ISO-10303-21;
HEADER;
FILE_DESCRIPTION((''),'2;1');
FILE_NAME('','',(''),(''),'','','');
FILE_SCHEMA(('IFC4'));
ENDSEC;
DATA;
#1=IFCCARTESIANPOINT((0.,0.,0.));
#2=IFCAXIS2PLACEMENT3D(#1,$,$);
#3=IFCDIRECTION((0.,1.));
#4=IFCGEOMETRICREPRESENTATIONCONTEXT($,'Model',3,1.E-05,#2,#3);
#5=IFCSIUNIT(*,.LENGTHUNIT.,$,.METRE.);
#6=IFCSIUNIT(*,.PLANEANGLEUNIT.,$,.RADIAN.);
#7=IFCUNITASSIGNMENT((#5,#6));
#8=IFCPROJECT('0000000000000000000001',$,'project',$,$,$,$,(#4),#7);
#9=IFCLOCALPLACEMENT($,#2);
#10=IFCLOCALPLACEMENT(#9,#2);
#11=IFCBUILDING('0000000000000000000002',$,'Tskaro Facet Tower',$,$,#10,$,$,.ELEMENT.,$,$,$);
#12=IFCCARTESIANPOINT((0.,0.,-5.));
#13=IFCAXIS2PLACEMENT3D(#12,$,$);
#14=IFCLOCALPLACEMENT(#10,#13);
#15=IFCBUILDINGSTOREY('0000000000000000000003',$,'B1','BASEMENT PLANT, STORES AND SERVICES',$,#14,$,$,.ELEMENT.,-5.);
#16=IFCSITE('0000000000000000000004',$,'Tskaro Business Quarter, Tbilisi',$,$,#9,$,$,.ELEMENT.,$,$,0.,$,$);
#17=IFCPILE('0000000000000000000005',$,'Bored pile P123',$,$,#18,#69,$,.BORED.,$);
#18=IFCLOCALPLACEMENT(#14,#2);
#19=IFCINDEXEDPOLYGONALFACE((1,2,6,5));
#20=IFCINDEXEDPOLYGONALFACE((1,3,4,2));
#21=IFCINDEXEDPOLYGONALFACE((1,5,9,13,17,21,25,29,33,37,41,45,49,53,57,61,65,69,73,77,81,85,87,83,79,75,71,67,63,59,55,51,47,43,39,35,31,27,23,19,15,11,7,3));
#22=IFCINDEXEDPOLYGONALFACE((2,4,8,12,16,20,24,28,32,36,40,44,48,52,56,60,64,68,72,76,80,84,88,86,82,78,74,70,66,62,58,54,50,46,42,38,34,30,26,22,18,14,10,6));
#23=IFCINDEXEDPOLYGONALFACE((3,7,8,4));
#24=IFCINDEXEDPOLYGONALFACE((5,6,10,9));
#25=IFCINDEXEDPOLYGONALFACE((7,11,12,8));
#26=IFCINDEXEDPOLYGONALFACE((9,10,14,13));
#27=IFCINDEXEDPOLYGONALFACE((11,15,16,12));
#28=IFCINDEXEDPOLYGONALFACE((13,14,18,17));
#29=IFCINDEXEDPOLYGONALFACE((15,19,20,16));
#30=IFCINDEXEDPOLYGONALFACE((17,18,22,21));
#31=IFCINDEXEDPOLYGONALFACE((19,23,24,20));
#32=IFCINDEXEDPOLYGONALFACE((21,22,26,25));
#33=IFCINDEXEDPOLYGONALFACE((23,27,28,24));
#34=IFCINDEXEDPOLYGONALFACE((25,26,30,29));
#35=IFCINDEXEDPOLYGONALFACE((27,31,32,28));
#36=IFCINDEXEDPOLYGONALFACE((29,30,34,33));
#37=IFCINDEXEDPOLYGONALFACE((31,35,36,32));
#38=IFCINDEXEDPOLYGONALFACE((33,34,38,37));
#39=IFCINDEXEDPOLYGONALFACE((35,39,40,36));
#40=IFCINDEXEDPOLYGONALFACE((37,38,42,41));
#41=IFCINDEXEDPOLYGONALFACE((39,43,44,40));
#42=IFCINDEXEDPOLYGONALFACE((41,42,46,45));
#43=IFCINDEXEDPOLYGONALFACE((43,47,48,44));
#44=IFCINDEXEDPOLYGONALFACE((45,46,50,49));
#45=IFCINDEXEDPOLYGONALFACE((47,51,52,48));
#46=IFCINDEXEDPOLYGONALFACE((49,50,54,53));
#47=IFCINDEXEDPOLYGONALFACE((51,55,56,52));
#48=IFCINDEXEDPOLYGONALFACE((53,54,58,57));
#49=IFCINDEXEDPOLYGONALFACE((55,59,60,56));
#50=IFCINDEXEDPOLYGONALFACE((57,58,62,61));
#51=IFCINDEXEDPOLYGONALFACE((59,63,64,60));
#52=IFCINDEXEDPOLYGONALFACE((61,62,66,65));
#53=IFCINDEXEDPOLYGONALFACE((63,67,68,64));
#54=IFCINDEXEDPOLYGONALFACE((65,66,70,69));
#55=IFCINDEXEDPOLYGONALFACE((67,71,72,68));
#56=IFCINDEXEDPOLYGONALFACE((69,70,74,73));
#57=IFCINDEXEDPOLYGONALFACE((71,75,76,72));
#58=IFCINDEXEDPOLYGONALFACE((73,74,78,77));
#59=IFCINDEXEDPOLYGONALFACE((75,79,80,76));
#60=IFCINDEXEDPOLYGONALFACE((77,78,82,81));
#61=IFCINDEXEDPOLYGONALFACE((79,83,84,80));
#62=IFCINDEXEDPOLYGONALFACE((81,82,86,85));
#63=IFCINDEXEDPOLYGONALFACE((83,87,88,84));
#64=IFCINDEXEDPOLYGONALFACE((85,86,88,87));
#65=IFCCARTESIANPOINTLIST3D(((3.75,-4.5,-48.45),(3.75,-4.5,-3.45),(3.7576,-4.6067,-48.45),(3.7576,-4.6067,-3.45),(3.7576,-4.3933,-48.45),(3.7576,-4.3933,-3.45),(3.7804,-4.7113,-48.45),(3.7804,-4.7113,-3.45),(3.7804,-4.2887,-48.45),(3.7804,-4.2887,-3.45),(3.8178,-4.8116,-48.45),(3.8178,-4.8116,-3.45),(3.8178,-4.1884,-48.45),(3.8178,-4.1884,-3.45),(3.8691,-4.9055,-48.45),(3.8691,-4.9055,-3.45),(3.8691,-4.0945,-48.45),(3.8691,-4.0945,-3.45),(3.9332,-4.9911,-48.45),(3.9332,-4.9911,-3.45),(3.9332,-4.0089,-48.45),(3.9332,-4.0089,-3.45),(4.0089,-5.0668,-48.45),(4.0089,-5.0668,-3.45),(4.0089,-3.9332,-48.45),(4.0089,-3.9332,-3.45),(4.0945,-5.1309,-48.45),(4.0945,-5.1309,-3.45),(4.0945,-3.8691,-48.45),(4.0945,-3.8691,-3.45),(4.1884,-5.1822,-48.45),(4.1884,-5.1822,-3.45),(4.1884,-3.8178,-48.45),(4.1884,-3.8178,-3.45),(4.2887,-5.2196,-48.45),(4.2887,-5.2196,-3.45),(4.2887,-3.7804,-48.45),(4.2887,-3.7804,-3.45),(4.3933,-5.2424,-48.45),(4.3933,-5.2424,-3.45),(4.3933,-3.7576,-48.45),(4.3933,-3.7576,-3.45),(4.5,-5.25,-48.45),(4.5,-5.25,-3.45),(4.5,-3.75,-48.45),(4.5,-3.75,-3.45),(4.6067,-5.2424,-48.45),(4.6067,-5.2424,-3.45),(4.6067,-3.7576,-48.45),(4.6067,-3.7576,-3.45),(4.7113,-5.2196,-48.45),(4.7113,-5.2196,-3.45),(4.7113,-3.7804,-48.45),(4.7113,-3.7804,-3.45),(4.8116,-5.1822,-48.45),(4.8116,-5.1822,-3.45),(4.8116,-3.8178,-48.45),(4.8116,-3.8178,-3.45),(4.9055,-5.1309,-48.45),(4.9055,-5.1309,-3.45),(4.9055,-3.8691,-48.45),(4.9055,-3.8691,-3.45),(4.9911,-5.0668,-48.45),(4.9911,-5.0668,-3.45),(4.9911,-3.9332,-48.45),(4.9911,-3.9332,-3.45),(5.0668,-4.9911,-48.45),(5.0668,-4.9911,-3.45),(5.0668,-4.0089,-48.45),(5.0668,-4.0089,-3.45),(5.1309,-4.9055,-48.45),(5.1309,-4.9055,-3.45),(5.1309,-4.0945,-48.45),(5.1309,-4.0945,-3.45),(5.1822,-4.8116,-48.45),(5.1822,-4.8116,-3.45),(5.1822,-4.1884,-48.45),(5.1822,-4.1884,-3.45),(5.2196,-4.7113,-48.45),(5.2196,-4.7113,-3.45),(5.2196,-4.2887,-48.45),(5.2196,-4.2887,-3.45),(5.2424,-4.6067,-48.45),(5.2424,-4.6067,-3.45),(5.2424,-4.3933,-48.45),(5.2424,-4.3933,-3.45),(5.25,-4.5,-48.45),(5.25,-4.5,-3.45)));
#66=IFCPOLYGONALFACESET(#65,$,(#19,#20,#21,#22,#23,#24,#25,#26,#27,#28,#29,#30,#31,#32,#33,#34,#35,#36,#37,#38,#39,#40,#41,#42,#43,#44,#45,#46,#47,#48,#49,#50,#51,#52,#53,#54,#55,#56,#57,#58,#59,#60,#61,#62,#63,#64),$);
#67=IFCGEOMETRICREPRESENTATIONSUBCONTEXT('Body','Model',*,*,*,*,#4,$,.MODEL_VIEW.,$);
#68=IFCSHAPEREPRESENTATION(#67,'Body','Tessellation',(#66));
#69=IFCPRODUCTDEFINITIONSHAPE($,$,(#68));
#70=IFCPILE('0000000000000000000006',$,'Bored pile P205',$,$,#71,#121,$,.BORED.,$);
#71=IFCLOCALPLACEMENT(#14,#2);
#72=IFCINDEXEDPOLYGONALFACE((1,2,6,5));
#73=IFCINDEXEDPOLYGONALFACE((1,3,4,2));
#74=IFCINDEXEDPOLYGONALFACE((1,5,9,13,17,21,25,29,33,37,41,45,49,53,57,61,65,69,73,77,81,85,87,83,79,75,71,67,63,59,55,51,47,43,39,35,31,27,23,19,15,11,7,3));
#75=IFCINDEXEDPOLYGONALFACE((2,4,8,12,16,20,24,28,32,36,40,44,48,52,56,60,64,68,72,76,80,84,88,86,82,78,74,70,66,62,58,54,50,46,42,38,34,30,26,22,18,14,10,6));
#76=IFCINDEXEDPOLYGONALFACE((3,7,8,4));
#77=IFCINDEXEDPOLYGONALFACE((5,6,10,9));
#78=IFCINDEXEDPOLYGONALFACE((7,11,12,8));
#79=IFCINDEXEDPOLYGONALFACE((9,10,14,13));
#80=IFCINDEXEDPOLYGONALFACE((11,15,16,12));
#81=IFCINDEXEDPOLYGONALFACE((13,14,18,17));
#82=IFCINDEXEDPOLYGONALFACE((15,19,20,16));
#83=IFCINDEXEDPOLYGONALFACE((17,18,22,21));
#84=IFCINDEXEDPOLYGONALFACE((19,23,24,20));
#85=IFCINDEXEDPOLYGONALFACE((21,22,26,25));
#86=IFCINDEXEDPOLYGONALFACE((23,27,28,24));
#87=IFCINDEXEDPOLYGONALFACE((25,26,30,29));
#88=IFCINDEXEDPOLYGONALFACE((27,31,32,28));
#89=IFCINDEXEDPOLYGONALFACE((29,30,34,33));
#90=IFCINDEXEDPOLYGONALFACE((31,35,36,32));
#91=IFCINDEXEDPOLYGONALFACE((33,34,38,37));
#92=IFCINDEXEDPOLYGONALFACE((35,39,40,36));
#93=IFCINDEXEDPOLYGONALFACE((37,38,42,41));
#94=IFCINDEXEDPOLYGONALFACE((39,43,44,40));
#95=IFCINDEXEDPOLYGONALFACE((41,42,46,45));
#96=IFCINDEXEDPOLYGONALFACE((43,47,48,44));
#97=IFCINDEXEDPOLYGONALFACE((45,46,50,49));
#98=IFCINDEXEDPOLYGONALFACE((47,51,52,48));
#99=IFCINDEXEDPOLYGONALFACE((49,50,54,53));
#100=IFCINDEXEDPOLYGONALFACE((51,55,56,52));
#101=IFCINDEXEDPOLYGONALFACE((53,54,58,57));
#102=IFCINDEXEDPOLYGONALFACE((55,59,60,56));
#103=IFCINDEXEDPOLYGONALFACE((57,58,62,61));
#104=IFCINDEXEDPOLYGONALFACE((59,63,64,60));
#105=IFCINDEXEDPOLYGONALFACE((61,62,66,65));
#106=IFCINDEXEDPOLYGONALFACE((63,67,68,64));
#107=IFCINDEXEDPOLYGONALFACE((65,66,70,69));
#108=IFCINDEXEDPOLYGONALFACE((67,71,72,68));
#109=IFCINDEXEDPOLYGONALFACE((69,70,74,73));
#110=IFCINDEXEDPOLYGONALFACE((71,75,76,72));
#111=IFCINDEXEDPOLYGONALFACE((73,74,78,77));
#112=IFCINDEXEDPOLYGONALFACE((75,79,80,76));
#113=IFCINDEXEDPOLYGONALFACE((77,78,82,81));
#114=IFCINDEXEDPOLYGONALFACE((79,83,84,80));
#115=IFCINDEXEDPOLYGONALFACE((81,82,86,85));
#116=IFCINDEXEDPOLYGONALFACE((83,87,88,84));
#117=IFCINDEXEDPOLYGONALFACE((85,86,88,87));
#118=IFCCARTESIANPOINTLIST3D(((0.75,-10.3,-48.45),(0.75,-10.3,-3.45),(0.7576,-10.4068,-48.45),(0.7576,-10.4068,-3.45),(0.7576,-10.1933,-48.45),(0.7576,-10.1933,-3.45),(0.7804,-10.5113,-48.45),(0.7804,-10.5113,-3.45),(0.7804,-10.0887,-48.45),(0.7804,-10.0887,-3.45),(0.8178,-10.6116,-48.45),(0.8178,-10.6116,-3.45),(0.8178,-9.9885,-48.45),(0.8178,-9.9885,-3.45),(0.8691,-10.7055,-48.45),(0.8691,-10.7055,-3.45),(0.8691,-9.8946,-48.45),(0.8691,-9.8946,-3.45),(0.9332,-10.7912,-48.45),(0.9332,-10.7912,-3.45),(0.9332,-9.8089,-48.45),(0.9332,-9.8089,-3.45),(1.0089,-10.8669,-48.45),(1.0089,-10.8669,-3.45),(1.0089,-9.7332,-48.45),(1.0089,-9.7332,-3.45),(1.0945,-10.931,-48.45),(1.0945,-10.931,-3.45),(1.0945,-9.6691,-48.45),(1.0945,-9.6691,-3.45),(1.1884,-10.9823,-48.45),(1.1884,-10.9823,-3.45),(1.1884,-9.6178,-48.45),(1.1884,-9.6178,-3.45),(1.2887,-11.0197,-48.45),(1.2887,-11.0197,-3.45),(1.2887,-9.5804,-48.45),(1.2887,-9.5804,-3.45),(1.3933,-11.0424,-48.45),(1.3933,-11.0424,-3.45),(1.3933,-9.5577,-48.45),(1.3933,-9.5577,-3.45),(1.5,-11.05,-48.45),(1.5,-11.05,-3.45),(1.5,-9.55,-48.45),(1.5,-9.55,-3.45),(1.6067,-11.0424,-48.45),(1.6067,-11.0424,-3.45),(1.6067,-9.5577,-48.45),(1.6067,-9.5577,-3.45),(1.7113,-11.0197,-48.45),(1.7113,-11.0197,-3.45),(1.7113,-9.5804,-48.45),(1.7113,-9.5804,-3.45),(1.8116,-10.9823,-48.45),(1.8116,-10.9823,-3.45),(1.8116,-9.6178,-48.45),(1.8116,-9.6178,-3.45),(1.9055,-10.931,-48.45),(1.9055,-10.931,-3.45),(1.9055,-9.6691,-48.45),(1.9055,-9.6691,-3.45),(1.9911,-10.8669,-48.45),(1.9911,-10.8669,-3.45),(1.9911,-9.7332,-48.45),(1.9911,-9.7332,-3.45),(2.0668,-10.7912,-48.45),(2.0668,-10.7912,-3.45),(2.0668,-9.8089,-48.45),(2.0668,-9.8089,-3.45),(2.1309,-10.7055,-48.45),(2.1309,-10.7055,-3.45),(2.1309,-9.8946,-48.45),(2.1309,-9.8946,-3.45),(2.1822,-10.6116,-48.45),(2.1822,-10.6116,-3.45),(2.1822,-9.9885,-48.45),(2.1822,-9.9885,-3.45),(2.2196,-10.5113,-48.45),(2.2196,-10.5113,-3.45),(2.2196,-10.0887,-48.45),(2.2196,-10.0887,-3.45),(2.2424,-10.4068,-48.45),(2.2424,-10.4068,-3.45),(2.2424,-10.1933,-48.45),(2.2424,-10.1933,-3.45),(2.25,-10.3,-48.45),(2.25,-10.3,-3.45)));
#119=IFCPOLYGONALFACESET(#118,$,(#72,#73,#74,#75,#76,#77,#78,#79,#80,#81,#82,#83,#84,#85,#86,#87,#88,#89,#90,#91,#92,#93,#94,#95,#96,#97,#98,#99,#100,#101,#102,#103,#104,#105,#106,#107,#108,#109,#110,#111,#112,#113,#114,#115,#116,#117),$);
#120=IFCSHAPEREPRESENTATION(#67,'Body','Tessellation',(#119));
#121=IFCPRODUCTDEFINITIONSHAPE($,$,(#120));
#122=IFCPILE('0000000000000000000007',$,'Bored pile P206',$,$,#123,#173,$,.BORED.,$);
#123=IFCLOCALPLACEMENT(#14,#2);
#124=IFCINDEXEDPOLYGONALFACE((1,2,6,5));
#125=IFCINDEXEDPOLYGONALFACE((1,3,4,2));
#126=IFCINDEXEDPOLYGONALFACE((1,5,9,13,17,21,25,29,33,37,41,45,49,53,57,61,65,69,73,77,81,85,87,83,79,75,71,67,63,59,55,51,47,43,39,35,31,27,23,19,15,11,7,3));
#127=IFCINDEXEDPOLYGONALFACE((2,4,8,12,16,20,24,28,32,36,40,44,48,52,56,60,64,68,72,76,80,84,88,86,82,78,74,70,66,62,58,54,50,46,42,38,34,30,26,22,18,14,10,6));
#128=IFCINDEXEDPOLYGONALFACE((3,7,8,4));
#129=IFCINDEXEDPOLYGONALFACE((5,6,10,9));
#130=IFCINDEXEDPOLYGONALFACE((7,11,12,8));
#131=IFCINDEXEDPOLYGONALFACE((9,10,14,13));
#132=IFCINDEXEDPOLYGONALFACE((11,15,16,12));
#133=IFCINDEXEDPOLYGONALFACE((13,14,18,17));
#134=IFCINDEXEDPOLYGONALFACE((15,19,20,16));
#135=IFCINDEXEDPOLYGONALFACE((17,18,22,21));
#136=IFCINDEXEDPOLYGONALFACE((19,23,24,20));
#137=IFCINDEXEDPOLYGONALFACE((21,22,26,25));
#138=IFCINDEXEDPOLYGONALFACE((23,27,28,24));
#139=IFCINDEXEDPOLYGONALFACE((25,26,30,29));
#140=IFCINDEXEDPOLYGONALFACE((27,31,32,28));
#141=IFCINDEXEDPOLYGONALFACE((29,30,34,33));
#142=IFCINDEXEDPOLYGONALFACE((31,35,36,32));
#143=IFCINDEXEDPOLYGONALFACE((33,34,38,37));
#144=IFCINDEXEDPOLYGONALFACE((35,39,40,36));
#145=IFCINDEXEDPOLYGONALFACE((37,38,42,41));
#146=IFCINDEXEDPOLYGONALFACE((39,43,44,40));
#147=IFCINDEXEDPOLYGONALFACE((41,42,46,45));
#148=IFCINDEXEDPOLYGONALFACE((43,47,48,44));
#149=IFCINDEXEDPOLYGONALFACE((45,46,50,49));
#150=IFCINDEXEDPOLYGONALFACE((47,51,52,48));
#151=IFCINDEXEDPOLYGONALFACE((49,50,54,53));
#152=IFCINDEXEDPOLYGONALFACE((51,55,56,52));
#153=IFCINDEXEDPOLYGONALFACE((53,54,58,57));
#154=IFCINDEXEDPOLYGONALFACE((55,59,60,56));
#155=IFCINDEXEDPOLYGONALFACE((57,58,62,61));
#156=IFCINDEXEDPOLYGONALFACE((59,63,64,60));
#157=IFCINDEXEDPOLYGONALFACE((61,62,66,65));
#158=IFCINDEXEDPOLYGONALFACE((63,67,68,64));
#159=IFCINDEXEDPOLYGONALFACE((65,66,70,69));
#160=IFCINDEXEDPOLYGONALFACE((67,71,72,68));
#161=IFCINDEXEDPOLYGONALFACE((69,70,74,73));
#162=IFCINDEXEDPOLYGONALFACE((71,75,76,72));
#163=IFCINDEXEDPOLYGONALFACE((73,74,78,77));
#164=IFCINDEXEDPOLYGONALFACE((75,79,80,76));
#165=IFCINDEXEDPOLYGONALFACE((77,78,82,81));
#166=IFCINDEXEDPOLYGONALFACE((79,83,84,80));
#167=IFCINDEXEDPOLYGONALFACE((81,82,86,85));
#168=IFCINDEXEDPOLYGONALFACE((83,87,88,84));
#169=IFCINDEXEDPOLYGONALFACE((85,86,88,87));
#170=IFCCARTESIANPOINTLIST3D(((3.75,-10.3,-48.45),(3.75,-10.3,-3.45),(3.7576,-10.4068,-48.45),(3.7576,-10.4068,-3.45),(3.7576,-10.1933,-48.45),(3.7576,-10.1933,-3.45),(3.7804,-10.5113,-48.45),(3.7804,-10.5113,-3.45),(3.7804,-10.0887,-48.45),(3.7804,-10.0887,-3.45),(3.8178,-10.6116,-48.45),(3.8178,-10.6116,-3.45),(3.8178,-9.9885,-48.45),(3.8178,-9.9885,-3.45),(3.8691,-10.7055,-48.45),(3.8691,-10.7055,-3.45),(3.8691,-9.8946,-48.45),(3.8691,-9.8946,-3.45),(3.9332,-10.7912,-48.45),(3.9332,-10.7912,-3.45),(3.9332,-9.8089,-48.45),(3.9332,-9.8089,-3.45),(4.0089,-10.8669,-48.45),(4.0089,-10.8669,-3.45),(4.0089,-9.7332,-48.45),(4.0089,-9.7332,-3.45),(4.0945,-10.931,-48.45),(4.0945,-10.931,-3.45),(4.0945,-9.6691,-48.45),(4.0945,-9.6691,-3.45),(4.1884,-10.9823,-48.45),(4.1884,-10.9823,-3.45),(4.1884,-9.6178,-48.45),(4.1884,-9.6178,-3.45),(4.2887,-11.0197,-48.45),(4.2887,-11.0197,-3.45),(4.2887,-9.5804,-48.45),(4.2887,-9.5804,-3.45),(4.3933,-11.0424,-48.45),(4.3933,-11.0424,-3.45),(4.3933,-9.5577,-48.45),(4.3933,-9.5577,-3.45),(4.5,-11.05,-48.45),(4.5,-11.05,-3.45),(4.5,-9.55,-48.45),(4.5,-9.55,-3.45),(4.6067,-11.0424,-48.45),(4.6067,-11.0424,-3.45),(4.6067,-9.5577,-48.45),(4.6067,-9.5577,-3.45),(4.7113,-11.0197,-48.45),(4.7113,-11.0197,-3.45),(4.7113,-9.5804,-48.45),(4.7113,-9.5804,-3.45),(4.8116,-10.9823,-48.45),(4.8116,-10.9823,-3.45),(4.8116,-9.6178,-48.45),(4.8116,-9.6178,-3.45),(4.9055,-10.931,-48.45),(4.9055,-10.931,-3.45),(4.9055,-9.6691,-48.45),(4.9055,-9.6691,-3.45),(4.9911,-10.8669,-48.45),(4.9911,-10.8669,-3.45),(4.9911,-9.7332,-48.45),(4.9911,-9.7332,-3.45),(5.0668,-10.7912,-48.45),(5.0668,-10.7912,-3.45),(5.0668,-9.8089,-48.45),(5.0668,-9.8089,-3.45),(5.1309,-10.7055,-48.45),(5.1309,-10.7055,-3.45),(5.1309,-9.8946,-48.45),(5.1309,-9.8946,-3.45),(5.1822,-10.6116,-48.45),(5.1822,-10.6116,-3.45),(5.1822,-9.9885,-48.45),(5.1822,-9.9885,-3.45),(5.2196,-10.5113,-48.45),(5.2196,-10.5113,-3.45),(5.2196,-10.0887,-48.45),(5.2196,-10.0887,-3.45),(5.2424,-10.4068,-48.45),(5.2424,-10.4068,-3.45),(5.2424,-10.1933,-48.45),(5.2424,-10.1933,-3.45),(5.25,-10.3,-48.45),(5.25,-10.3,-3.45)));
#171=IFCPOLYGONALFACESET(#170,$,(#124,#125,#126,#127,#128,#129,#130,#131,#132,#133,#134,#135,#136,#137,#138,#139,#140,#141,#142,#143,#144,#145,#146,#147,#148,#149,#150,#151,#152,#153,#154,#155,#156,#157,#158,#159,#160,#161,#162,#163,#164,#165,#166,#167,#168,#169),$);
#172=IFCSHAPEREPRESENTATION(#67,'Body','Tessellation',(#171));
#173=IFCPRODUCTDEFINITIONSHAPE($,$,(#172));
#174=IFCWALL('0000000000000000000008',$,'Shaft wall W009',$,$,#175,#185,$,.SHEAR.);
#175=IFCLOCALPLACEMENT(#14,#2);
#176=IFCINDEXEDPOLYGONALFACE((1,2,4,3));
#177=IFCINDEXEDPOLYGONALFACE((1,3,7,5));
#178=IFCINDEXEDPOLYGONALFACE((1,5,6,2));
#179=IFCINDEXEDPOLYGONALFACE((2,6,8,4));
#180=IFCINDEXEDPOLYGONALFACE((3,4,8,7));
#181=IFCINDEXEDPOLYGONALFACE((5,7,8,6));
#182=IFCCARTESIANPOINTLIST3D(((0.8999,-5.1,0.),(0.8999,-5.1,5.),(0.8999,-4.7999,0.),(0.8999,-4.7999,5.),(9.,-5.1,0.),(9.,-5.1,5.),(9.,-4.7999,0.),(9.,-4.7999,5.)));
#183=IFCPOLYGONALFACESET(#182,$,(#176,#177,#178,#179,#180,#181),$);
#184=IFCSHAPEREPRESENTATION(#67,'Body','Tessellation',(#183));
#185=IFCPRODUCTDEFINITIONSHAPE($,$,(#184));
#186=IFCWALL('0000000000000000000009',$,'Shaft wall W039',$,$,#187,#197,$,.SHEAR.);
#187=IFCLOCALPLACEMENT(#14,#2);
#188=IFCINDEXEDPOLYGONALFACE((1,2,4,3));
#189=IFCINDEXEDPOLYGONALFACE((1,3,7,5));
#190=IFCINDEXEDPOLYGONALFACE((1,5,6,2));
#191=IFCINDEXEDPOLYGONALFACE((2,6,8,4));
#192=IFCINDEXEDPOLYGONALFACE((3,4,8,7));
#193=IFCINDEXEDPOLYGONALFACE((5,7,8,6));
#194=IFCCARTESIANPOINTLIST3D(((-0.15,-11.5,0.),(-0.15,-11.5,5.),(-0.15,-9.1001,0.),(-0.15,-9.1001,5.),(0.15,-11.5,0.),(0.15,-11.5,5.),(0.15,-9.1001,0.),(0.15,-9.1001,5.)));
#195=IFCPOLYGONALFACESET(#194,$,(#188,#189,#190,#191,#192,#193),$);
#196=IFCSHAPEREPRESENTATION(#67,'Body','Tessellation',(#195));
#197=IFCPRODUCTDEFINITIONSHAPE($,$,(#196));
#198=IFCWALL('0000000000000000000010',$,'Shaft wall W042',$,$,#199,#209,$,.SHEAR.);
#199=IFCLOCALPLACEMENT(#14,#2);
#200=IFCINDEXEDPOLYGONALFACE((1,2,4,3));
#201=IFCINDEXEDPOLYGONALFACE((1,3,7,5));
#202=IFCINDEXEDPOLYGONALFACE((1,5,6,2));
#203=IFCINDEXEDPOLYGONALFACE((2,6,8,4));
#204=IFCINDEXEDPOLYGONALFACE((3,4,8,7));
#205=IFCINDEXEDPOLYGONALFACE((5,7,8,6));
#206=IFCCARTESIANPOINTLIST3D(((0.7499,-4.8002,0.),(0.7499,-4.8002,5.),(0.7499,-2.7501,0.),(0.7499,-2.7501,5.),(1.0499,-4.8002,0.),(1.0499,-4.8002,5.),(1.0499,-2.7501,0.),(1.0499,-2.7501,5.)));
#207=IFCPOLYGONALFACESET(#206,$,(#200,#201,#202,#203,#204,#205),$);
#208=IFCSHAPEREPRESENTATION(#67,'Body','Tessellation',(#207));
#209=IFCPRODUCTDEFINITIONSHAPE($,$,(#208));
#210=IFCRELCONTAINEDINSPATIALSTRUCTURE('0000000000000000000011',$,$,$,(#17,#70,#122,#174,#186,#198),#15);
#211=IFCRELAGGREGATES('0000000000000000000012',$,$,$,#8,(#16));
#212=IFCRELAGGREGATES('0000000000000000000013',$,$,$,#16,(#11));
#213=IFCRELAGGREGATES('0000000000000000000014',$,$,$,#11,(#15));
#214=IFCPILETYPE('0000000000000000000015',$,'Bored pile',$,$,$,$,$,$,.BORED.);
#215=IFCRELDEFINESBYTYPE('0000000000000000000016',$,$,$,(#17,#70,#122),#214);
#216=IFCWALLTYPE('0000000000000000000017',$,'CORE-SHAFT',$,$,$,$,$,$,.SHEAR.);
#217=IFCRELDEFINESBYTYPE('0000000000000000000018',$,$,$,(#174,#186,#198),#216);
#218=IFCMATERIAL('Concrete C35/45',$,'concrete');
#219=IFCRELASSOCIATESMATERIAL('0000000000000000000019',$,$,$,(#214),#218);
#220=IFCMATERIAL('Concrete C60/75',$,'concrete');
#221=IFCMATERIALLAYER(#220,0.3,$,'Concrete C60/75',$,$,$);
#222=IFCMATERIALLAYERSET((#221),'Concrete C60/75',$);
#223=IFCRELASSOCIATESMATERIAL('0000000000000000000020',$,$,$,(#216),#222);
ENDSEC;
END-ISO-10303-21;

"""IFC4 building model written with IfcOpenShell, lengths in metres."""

from ifc_helpers import new_model, si_unit, direction, frame, frame_2d, origin, origin_2d, place, context, subcontext, project, spatial, rectangle, circle, extrude, material, layer, layer_set, material_profile, profile_set, type_object, element, save


model = new_model("IFC4")

# Units and contexts
model_context = context("Model", 3, precision=1e-05, world=origin(), true_north=direction((0.0, 1.0)))
body_context = subcontext(model_context, "Body", "Model", "MODEL_VIEW")
ifc_project = project(units=[si_unit("LENGTHUNIT", "METRE"), si_unit("PLANEANGLEUNIT", "RADIAN")], contexts=[model_context])

# Site, building, storey
site_placement = place(None, origin())
site = spatial("IfcSite", under=ifc_project, at=site_placement, Name="Tskaro Business Quarter, Tbilisi", CompositionType="ELEMENT", RefElevation=0.0)
building_placement = place(site_placement, origin())
building = spatial("IfcBuilding", under=site, at=building_placement, Name="Tskaro Facet Tower", CompositionType="ELEMENT")
storey_placement = place(building_placement, frame((0.0, 0.0, -5.0)))
storey = spatial("IfcBuildingStorey", under=building, at=storey_placement, Name="B1", Description="BASEMENT PLANT, STORES AND SERVICES", CompositionType="ELEMENT", Elevation=-5.0)

# Piles
ifc_material_1 = material(Name="Concrete C35/45", Category="concrete")
ifc_material_profile = material_profile(ifc_material_1, circle(Radius=0.75, at=origin_2d()), Name="Bored pile")
ifc_profile_set = profile_set([ifc_material_profile], Name="Concrete C35/45")
pile_type = type_object("IfcPileType", Name="Bored pile", PredefinedType="BORED", material=ifc_profile_set)
for number, where, z_axis, x_axis, name in (
    (1, (4.5, -4.5, -3.45), (0.0, 0.0, -1.0), (1.0, 0.0, 0.0), "Bored pile P123"),
    (2, (1.5, -10.3, -3.45), (0.0, 0.0, -1.0), (1.0, 0.0, 0.0), "Bored pile P205"),
    (3, (4.5, -10.3, -3.45), (0.0, 0.0, -1.0), (1.0, 0.0, 0.0), "Bored pile P206"),
):
    element("IfcPile", number, at=place(storey_placement, frame(where, z_axis=z_axis, x_axis=x_axis)), inside=storey, type_object=pile_type, Name=name, PredefinedType="BORED", context=body_context, shape_type="SweptSolid", body=[
        extrude(circle(Radius=0.75, at=origin_2d()), origin(), (0.0, 0.0, 1.0), 45.0),
    ])

# Walls
ifc_material_2 = material(Name="Concrete C60/75", Category="concrete")
ifc_layer = layer(ifc_material_2, 0.3, Name="Concrete C60/75")
ifc_layer_set = layer_set([ifc_layer], Name="Concrete C60/75")
wall_type = type_object("IfcWallType", Name="CORE-SHAFT", PredefinedType="SHEAR", material=ifc_layer_set)
wall_1_placement = place(storey_placement, frame((0.8999, -4.95, 0.0), z_axis=(0.0, 0.0, 1.0), x_axis=(1.0, 0.0, 0.0)))
element("IfcWall", 4, at=wall_1_placement, inside=storey, type_object=wall_type, Name="Shaft wall W009", PredefinedType="SHEAR", context=body_context, shape_type="SweptSolid", body=[
    extrude(rectangle(XDim=8.1001, YDim=0.3, at=frame_2d((4.05, 0.0))), origin(), (0.0, 0.0, 1.0), 5.0),
])
wall_2_placement = place(storey_placement, frame((0.0, -11.5, 0.0), z_axis=(0.0, 0.0, 1.0), x_axis=(0.0, 1.0, 0.0)))
element("IfcWall", 5, at=wall_2_placement, inside=storey, type_object=wall_type, Name="Shaft wall W039", PredefinedType="SHEAR", context=body_context, shape_type="SweptSolid", body=[
    extrude(rectangle(XDim=2.3999, YDim=0.3, at=frame_2d((1.2, 0.0))), origin(), (0.0, 0.0, 1.0), 5.0),
])
wall_3_placement = place(storey_placement, frame((0.8999, -4.8, 0.0), z_axis=(0.0, 0.0, 1.0), x_axis=(0.0, 1.0, 0.0)))
element("IfcWall", 6, at=wall_3_placement, inside=storey, type_object=wall_type, Name="Shaft wall W042", PredefinedType="SHEAR", context=body_context, shape_type="SweptSolid", body=[
    extrude(rectangle(XDim=2.05, YDim=0.3, at=frame_2d((1.0249, 0.0))), origin(), (0.0, 0.0, 1.0), 5.0),
])

save(model, "model.ifc")
